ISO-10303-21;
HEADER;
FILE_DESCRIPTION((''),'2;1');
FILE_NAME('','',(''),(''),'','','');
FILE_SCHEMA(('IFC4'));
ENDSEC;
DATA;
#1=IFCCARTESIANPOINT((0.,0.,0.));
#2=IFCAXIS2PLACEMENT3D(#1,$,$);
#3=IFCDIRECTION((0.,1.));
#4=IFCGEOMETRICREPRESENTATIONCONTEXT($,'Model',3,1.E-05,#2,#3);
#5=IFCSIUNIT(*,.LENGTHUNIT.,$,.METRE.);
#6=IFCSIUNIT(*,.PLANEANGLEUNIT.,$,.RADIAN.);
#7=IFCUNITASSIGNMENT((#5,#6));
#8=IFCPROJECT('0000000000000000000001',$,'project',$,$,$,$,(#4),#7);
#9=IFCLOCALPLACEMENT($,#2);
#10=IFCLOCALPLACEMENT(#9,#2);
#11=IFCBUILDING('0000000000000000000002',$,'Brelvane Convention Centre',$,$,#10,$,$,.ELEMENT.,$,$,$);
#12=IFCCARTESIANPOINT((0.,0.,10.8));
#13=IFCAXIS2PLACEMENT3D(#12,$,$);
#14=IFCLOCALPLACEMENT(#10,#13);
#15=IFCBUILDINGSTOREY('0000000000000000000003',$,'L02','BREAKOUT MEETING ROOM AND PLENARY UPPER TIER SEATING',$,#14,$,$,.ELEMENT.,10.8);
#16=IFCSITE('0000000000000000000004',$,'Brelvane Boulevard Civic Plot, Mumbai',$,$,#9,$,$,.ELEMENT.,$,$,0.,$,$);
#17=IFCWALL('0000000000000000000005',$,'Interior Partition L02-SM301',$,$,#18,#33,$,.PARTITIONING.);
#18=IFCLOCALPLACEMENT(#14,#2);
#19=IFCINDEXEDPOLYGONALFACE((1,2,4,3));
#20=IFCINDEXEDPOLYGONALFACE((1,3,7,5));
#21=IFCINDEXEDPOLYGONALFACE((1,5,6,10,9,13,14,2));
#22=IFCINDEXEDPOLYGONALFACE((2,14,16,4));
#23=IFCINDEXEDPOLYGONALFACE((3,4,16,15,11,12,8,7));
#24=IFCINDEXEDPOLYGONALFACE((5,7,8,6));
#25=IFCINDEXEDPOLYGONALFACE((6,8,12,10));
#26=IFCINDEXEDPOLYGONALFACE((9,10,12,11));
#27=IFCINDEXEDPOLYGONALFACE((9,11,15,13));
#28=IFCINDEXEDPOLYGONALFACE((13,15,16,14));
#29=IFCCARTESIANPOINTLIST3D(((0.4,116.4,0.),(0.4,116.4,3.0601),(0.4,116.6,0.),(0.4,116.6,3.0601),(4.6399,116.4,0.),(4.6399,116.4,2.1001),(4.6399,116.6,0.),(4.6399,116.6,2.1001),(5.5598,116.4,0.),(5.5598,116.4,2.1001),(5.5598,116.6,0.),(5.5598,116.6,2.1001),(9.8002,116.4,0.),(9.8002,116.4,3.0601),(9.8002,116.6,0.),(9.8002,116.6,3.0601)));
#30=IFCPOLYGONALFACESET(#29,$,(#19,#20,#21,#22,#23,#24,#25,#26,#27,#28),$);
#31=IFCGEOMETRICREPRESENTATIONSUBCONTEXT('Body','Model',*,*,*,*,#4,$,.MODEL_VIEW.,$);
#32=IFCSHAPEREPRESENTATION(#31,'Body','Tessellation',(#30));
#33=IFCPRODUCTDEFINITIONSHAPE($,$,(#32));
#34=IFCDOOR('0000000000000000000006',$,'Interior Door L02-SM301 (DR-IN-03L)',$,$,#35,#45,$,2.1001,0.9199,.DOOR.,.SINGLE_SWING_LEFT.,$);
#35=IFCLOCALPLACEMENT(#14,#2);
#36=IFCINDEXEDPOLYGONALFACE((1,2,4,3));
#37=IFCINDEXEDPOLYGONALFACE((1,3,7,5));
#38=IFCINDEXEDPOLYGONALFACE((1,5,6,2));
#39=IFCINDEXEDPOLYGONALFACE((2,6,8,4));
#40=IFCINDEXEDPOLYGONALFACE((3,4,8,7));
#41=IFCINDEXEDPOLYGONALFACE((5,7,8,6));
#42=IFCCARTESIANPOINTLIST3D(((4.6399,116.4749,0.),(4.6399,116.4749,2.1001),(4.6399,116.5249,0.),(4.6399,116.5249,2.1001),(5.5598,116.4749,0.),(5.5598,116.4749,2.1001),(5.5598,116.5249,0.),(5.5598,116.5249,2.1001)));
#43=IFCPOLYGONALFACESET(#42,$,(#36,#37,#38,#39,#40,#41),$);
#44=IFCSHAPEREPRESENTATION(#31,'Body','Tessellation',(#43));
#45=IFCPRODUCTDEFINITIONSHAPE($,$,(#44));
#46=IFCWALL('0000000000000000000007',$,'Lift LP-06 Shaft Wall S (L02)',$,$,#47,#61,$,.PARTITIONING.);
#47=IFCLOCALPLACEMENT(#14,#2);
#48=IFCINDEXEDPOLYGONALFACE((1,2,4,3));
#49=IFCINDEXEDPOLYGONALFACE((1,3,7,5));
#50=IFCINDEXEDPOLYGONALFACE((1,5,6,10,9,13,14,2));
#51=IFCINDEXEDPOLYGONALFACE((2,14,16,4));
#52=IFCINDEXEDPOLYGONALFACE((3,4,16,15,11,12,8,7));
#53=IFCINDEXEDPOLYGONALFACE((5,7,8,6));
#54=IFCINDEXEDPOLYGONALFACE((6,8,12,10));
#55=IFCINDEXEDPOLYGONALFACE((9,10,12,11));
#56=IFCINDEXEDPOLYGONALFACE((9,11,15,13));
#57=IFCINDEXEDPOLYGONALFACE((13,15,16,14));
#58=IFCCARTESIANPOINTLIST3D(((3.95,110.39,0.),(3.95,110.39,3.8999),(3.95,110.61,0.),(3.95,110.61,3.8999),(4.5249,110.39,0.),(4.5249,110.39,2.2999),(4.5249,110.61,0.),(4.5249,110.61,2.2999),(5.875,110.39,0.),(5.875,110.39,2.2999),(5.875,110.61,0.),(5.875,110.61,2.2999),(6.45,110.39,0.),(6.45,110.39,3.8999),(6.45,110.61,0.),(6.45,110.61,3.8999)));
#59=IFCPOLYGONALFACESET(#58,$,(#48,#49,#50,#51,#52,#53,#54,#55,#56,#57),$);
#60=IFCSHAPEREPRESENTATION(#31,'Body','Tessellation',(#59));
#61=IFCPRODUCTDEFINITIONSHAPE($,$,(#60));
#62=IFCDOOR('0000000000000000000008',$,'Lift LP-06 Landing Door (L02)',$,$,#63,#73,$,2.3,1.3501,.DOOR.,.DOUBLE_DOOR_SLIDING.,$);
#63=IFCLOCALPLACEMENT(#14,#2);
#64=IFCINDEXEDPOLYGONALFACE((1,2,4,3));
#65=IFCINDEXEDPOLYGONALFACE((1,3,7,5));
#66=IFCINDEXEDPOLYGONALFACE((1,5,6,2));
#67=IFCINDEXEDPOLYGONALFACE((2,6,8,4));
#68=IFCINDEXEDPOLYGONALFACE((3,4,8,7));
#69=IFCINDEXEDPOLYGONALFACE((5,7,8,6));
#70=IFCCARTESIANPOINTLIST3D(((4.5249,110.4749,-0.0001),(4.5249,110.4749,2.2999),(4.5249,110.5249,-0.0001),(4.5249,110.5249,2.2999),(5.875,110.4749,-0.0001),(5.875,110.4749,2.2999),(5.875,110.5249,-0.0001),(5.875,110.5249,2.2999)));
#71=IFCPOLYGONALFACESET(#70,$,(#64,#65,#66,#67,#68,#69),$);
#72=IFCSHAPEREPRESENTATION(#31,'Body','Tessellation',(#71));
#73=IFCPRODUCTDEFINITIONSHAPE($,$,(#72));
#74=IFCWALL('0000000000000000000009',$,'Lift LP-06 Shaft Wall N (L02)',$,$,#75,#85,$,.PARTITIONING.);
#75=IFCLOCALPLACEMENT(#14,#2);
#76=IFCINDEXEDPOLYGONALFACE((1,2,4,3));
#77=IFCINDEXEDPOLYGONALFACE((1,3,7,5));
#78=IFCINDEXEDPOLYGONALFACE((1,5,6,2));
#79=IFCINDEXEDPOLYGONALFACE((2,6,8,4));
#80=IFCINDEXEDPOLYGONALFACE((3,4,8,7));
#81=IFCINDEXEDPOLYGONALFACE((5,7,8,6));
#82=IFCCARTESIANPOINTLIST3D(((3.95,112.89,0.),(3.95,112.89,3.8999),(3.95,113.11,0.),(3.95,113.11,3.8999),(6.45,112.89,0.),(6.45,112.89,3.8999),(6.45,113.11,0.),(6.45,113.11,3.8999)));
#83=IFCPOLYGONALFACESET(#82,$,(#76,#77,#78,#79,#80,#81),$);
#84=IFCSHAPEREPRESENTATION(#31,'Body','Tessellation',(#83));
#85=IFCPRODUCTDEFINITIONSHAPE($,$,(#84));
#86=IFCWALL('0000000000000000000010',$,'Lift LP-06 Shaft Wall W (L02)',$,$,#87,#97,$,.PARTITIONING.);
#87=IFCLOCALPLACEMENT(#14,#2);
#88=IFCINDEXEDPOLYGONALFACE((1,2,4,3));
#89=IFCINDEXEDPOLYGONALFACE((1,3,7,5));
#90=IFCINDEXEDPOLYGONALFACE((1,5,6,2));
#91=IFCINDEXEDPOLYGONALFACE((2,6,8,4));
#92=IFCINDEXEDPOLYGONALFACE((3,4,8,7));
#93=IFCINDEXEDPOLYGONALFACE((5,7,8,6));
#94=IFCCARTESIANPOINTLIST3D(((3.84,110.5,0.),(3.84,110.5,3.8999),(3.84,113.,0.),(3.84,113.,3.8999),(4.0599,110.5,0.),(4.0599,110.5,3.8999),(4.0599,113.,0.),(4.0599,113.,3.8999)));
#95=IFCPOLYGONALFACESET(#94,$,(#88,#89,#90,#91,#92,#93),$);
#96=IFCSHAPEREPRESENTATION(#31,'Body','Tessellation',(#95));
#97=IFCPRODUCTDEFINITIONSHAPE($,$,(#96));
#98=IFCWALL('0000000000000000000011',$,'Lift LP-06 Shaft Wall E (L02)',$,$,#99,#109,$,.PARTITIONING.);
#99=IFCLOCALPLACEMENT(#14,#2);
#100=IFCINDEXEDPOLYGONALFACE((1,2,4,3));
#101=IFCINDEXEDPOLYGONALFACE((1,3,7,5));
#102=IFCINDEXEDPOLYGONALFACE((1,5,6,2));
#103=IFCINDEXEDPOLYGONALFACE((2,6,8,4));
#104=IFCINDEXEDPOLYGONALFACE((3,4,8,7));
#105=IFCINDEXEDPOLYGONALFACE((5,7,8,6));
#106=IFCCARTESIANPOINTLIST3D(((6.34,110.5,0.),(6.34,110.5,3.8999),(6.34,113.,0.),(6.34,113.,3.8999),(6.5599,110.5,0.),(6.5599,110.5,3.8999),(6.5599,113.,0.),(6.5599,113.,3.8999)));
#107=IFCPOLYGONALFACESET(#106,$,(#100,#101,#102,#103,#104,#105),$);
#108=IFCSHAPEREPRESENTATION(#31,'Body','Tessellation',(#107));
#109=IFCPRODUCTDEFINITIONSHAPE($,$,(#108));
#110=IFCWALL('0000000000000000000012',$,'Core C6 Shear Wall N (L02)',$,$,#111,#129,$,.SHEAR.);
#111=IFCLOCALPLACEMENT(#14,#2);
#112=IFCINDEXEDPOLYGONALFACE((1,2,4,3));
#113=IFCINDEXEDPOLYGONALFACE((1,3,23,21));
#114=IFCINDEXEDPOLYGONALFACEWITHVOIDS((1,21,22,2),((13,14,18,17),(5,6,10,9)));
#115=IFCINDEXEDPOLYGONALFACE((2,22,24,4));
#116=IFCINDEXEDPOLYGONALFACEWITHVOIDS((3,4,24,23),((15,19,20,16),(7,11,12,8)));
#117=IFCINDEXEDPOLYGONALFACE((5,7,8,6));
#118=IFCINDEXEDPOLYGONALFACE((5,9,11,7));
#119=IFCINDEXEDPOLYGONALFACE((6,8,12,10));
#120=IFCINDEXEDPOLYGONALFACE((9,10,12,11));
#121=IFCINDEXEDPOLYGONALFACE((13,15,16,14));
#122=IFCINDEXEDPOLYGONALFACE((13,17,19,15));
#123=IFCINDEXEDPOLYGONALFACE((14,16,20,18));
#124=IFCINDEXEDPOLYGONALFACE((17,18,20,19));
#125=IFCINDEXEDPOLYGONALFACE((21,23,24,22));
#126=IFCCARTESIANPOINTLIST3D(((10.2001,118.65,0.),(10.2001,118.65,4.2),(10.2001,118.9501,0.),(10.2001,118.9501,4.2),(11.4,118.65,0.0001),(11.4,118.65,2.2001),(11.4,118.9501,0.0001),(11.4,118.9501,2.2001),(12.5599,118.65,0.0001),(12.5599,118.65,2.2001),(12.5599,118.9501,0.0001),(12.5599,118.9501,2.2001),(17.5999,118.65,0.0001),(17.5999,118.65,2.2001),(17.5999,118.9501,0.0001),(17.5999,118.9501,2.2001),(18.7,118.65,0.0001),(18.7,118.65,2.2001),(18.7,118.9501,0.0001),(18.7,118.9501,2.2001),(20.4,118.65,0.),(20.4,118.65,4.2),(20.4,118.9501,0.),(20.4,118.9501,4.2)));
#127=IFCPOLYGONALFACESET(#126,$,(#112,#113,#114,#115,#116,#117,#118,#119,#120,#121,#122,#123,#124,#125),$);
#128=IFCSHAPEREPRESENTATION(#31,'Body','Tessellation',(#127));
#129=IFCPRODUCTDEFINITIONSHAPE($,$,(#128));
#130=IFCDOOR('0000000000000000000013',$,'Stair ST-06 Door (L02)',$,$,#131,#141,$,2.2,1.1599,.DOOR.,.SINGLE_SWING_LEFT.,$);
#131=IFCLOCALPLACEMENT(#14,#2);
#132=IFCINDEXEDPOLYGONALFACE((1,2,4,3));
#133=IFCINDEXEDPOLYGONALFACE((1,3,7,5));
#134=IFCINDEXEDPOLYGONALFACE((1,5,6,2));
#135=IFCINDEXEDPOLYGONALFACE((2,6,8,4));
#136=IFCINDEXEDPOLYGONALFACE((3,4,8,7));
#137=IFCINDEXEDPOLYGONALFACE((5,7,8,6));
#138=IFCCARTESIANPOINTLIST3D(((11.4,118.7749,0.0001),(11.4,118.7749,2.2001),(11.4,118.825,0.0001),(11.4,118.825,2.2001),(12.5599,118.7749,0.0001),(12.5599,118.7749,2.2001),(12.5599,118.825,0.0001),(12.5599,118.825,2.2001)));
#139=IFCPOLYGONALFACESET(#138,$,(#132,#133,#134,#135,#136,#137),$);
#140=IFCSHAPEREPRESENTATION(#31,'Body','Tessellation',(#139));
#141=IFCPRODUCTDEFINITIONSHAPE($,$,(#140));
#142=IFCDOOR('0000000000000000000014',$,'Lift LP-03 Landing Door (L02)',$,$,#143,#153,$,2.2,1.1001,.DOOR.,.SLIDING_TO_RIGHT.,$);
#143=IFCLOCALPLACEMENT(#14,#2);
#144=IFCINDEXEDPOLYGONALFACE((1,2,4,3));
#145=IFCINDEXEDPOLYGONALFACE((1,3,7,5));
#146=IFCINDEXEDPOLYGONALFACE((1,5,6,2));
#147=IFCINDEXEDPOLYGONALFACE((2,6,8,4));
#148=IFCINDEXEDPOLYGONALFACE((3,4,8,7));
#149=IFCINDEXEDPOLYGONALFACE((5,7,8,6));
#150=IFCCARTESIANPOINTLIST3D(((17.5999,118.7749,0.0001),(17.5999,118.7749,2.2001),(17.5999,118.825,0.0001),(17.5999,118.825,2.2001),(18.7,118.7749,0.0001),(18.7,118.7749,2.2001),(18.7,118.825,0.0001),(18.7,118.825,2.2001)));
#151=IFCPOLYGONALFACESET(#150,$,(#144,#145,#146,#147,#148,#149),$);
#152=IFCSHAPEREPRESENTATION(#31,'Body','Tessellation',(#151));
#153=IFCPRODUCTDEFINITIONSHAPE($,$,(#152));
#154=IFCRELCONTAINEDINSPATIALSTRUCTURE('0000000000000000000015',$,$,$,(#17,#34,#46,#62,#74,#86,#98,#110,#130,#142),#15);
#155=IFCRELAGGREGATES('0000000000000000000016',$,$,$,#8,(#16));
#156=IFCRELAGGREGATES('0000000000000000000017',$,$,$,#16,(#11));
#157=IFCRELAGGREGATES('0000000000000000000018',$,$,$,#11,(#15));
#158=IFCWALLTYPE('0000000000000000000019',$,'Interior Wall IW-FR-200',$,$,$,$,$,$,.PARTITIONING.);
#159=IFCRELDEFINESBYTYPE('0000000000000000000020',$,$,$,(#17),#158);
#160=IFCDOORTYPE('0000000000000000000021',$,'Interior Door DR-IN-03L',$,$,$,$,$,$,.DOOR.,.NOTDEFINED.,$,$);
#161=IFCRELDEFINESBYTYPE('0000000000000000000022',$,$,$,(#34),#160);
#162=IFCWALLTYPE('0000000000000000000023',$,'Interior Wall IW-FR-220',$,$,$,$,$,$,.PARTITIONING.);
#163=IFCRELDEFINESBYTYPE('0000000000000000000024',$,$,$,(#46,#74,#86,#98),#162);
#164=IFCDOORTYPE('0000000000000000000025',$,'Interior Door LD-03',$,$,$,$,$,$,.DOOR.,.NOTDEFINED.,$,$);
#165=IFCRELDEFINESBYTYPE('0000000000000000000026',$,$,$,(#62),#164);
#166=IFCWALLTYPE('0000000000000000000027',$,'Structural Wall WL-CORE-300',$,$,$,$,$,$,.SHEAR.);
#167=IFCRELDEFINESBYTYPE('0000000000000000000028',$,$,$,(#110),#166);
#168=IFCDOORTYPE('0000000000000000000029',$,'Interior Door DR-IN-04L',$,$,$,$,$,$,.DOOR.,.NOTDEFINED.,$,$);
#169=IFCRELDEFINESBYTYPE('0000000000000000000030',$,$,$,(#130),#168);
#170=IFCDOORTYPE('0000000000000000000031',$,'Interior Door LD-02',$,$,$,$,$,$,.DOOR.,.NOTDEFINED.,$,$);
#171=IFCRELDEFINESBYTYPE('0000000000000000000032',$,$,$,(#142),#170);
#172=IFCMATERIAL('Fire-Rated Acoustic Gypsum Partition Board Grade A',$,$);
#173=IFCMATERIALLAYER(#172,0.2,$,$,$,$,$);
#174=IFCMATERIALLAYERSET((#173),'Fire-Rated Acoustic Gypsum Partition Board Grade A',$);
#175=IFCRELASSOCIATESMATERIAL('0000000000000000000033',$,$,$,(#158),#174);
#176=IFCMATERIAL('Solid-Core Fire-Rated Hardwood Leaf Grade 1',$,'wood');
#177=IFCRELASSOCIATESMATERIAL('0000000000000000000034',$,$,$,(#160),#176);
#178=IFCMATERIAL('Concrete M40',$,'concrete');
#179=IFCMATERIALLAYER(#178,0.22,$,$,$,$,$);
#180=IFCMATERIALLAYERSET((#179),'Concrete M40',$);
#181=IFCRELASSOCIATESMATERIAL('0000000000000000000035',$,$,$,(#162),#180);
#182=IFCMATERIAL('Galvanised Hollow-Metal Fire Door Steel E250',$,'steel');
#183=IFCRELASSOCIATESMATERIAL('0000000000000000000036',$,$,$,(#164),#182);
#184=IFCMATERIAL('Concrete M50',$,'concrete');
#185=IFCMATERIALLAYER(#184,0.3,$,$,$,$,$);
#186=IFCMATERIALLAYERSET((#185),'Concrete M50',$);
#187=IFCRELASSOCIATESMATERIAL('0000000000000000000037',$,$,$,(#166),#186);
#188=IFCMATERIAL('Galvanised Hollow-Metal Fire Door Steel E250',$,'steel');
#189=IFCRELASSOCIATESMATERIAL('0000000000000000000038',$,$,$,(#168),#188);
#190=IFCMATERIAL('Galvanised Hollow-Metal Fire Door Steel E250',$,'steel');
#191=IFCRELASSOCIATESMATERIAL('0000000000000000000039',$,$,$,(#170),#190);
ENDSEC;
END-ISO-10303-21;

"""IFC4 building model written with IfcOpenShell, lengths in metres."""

from ifc_helpers import new_model, si_unit, direction, frame, frame_2d, origin, place, context, subcontext, project, spatial, rectangle, extrude, material, layer, layer_set, type_object, element, fill, save


model = new_model("IFC4")

# Units and contexts
model_context = context("Model", 3, precision=1e-05, world=origin(), true_north=direction((0.0, 1.0)))
body_context = subcontext(model_context, "Body", "Model", "MODEL_VIEW")
ifc_project = project(units=[si_unit("LENGTHUNIT", "METRE"), si_unit("PLANEANGLEUNIT", "RADIAN")], contexts=[model_context])

# Site, building, storey
site_placement = place(None, origin())
site = spatial("IfcSite", under=ifc_project, at=site_placement, Name="Brelvane Boulevard Civic Plot, Mumbai", CompositionType="ELEMENT", RefElevation=0.0)
building_placement = place(site_placement, origin())
building = spatial("IfcBuilding", under=site, at=building_placement, Name="Brelvane Convention Centre", CompositionType="ELEMENT")
storey_placement = place(building_placement, frame((0.0, 0.0, 10.8)))
storey = spatial("IfcBuildingStorey", under=building, at=storey_placement, Name="L02", Description="BREAKOUT MEETING ROOM AND PLENARY UPPER TIER SEATING", CompositionType="ELEMENT", Elevation=10.8)

# Walls, openings, doors
ifc_material_1 = material(Name="Fire-Rated Acoustic Gypsum Partition Board Grade A")
ifc_layer_1 = layer(ifc_material_1, 0.2)
ifc_layer_set_1 = layer_set([ifc_layer_1], Name="Fire-Rated Acoustic Gypsum Partition Board Grade A")
wall_type_1 = type_object("IfcWallType", Name="Interior Wall IW-FR-200", PredefinedType="PARTITIONING", material=ifc_layer_set_1)
wall_1_placement = place(storey_placement, frame((0.3999, 116.5, 0.0), z_axis=(0.0, 0.0, 1.0), x_axis=(1.0, 0.0, 0.0)))
wall_1 = element("IfcWall", 1, at=wall_1_placement, inside=storey, type_object=wall_type_1, Name="Interior Partition L02-SM301", PredefinedType="PARTITIONING", context=body_context, shape_type="SweptSolid", body=[
    extrude(rectangle(XDim=9.4001, YDim=0.2, at=frame_2d((4.7002, 0.0))), origin(), (0.0, 0.0, 1.0), 3.0601),
])
opening_1_placement = place(wall_1_placement, frame((4.24, 0.0, 0.0)))
opening_1 = element("IfcOpeningElement", 2, at=opening_1_placement, cuts=wall_1, PredefinedType="OPENING", context=body_context, shape_type="SweptSolid", body=[
    extrude(rectangle(XDim=0.9199, YDim=2.1001, at=frame_2d((0.46, 1.05))), frame((0.0, 0.1099, 0.0), z_axis=(0.0, -1.0, 0.0), x_axis=(1.0, 0.0, 0.0)), (0.0, 0.0, 1.0), 0.22),
])
ifc_material_2 = material(Name="Solid-Core Fire-Rated Hardwood Leaf Grade 1", Category="wood")
door_type_1 = type_object("IfcDoorType", Name="Interior Door DR-IN-03L", OperationType="NOTDEFINED", PredefinedType="DOOR", material=ifc_material_2)
door_1_placement = place(opening_1_placement, origin())
door_1 = element("IfcDoor", 3, at=door_1_placement, inside=storey, type_object=door_type_1, Name="Interior Door L02-SM301 (DR-IN-03L)", OperationType="SINGLE_SWING_LEFT", OverallHeight=2.1001, OverallWidth=0.9199, PredefinedType="DOOR", context=body_context, shape_type="SweptSolid", body=[
    extrude(rectangle(XDim=0.9199, YDim=2.1001, at=frame_2d((0.46, 1.05))), frame((0.0, 0.0249, 0.0), z_axis=(0.0, -1.0, 0.0), x_axis=(1.0, 0.0, 0.0)), (0.0, 0.0, 1.0), 0.05),
])
fill(opening_1, door_1)
ifc_material_3 = material(Name="Concrete M40", Category="concrete")
ifc_layer_2 = layer(ifc_material_3, 0.22)
ifc_layer_set_2 = layer_set([ifc_layer_2], Name="Concrete M40")
wall_type_2 = type_object("IfcWallType", Name="Interior Wall IW-FR-220", PredefinedType="PARTITIONING", material=ifc_layer_set_2)
wall_2_placement = place(storey_placement, frame((3.95, 110.5, 0.0), z_axis=(0.0, 0.0, 1.0), x_axis=(1.0, 0.0, 0.0)))
wall_2 = element("IfcWall", 4, at=wall_2_placement, inside=storey, type_object=wall_type_2, Name="Lift LP-06 Shaft Wall S (L02)", PredefinedType="PARTITIONING", context=body_context, shape_type="SweptSolid", body=[
    extrude(rectangle(XDim=2.5, YDim=0.22, at=frame_2d((1.25, 0.0))), origin(), (0.0, 0.0, 1.0), 3.8999),
])
opening_2_placement = place(wall_2_placement, frame((0.575, 0.0, 0.0)))
opening_2 = element("IfcOpeningElement", 5, at=opening_2_placement, cuts=wall_2, PredefinedType="OPENING", context=body_context, shape_type="SweptSolid", body=[
    extrude(rectangle(XDim=1.3501, YDim=2.3, at=frame_2d((0.675, 1.1499))), frame((0.0, 0.1199, 0.0), z_axis=(0.0, -1.0, 0.0), x_axis=(1.0, 0.0, 0.0)), (0.0, 0.0, 1.0), 0.24),
])
ifc_material_4 = material(Name="Galvanised Hollow-Metal Fire Door Steel E250", Category="steel")
door_type_2 = type_object("IfcDoorType", Name="Interior Door LD-03", OperationType="NOTDEFINED", PredefinedType="DOOR", material=ifc_material_4)
door_2_placement = place(opening_2_placement, origin())
door_2 = element("IfcDoor", 6, at=door_2_placement, inside=storey, type_object=door_type_2, Name="Lift LP-06 Landing Door (L02)", OperationType="DOUBLE_DOOR_SLIDING", OverallHeight=2.3, OverallWidth=1.3501, PredefinedType="DOOR", context=body_context, shape_type="SweptSolid", body=[
    extrude(rectangle(XDim=1.3501, YDim=2.3, at=frame_2d((0.675, 1.1499))), frame((0.0, 0.0249, 0.0), z_axis=(0.0, -1.0, 0.0), x_axis=(1.0, 0.0, 0.0)), (0.0, 0.0, 1.0), 0.05),
])
fill(opening_2, door_2)

# Walls
for number, where, z_axis, x_axis, name in (
    (7, (3.95, 113.0, 0.0), (0.0, 0.0, 1.0), (1.0, 0.0, 0.0), "Lift LP-06 Shaft Wall N (L02)"),
    (8, (3.95, 110.5, 0.0), (0.0, 0.0, 1.0), (0.0, 1.0, 0.0), "Lift LP-06 Shaft Wall W (L02)"),
    (9, (6.45, 110.5, 0.0), (0.0, 0.0, 1.0), (0.0, 1.0, 0.0), "Lift LP-06 Shaft Wall E (L02)"),
):
    element("IfcWall", number, at=place(storey_placement, frame(where, z_axis=z_axis, x_axis=x_axis)), inside=storey, type_object=wall_type_2, Name=name, PredefinedType="PARTITIONING", context=body_context, shape_type="SweptSolid", body=[
        extrude(rectangle(XDim=2.5, YDim=0.22, at=frame_2d((1.25, 0.0))), origin(), (0.0, 0.0, 1.0), 3.8999),
    ])

# Wall, openings, doors
ifc_material_5 = material(Name="Concrete M50", Category="concrete")
ifc_layer_3 = layer(ifc_material_5, 0.3)
ifc_layer_set_3 = layer_set([ifc_layer_3], Name="Concrete M50")
wall_type_3 = type_object("IfcWallType", Name="Structural Wall WL-CORE-300", PredefinedType="SHEAR", material=ifc_layer_set_3)
wall_3_placement = place(storey_placement, frame((10.2, 118.8, 0.0), z_axis=(0.0, 0.0, 1.0), x_axis=(1.0, 0.0, 0.0)))
wall_3 = element("IfcWall", 10, at=wall_3_placement, inside=storey, type_object=wall_type_3, Name="Core C6 Shear Wall N (L02)", PredefinedType="SHEAR", context=body_context, shape_type="SweptSolid", body=[
    extrude(rectangle(XDim=10.2, YDim=0.3, at=frame_2d((5.1001, 0.0))), origin(), (0.0, 0.0, 1.0), 4.2),
])
opening_3_placement = place(wall_3_placement, frame((1.2, 0.0, 0.0)))
opening_3 = element("IfcOpeningElement", 11, at=opening_3_placement, cuts=wall_3, PredefinedType="OPENING", context=body_context, shape_type="SweptSolid", body=[
    extrude(rectangle(XDim=1.1599, YDim=2.2, at=frame_2d((0.5801, 1.1001))), frame((0.0, 0.1599, 0.0), z_axis=(0.0, -1.0, 0.0), x_axis=(1.0, 0.0, 0.0)), (0.0, 0.0, 1.0), 0.3201),
])
opening_4_placement = place(wall_3_placement, frame((7.3999, 0.0, 0.0)))
opening_4 = element("IfcOpeningElement", 12, at=opening_4_placement, cuts=wall_3, PredefinedType="OPENING", context=body_context, shape_type="SweptSolid", body=[
    extrude(rectangle(XDim=1.1001, YDim=2.2, at=frame_2d((0.55, 1.1001))), frame((0.0, 0.1599, 0.0), z_axis=(0.0, -1.0, 0.0), x_axis=(1.0, 0.0, 0.0)), (0.0, 0.0, 1.0), 0.3201),
])
ifc_material_6 = material(Name="Galvanised Hollow-Metal Fire Door Steel E250", Category="steel")
door_type_3 = type_object("IfcDoorType", Name="Interior Door DR-IN-04L", OperationType="NOTDEFINED", PredefinedType="DOOR", material=ifc_material_6)
door_3_placement = place(opening_3_placement, origin())
door_3 = element("IfcDoor", 13, at=door_3_placement, inside=storey, type_object=door_type_3, Name="Stair ST-06 Door (L02)", OperationType="SINGLE_SWING_LEFT", OverallHeight=2.2, OverallWidth=1.1599, PredefinedType="DOOR", context=body_context, shape_type="SweptSolid", body=[
    extrude(rectangle(XDim=1.1599, YDim=2.2, at=frame_2d((0.5801, 1.1001))), frame((0.0, 0.0249, 0.0), z_axis=(0.0, -1.0, 0.0), x_axis=(1.0, 0.0, 0.0)), (0.0, 0.0, 1.0), 0.05),
])
fill(opening_3, door_3)
ifc_material_7 = material(Name="Galvanised Hollow-Metal Fire Door Steel E250", Category="steel")
door_type_4 = type_object("IfcDoorType", Name="Interior Door LD-02", OperationType="NOTDEFINED", PredefinedType="DOOR", material=ifc_material_7)
door_4_placement = place(opening_4_placement, origin())
door_4 = element("IfcDoor", 14, at=door_4_placement, inside=storey, type_object=door_type_4, Name="Lift LP-03 Landing Door (L02)", OperationType="SLIDING_TO_RIGHT", OverallHeight=2.2, OverallWidth=1.1001, PredefinedType="DOOR", context=body_context, shape_type="SweptSolid", body=[
    extrude(rectangle(XDim=1.1001, YDim=2.2, at=frame_2d((0.55, 1.1001))), frame((0.0, 0.0249, 0.0), z_axis=(0.0, -1.0, 0.0), x_axis=(1.0, 0.0, 0.0)), (0.0, 0.0, 1.0), 0.05),
])
fill(opening_4, door_4)

save(model, "model.ifc")
